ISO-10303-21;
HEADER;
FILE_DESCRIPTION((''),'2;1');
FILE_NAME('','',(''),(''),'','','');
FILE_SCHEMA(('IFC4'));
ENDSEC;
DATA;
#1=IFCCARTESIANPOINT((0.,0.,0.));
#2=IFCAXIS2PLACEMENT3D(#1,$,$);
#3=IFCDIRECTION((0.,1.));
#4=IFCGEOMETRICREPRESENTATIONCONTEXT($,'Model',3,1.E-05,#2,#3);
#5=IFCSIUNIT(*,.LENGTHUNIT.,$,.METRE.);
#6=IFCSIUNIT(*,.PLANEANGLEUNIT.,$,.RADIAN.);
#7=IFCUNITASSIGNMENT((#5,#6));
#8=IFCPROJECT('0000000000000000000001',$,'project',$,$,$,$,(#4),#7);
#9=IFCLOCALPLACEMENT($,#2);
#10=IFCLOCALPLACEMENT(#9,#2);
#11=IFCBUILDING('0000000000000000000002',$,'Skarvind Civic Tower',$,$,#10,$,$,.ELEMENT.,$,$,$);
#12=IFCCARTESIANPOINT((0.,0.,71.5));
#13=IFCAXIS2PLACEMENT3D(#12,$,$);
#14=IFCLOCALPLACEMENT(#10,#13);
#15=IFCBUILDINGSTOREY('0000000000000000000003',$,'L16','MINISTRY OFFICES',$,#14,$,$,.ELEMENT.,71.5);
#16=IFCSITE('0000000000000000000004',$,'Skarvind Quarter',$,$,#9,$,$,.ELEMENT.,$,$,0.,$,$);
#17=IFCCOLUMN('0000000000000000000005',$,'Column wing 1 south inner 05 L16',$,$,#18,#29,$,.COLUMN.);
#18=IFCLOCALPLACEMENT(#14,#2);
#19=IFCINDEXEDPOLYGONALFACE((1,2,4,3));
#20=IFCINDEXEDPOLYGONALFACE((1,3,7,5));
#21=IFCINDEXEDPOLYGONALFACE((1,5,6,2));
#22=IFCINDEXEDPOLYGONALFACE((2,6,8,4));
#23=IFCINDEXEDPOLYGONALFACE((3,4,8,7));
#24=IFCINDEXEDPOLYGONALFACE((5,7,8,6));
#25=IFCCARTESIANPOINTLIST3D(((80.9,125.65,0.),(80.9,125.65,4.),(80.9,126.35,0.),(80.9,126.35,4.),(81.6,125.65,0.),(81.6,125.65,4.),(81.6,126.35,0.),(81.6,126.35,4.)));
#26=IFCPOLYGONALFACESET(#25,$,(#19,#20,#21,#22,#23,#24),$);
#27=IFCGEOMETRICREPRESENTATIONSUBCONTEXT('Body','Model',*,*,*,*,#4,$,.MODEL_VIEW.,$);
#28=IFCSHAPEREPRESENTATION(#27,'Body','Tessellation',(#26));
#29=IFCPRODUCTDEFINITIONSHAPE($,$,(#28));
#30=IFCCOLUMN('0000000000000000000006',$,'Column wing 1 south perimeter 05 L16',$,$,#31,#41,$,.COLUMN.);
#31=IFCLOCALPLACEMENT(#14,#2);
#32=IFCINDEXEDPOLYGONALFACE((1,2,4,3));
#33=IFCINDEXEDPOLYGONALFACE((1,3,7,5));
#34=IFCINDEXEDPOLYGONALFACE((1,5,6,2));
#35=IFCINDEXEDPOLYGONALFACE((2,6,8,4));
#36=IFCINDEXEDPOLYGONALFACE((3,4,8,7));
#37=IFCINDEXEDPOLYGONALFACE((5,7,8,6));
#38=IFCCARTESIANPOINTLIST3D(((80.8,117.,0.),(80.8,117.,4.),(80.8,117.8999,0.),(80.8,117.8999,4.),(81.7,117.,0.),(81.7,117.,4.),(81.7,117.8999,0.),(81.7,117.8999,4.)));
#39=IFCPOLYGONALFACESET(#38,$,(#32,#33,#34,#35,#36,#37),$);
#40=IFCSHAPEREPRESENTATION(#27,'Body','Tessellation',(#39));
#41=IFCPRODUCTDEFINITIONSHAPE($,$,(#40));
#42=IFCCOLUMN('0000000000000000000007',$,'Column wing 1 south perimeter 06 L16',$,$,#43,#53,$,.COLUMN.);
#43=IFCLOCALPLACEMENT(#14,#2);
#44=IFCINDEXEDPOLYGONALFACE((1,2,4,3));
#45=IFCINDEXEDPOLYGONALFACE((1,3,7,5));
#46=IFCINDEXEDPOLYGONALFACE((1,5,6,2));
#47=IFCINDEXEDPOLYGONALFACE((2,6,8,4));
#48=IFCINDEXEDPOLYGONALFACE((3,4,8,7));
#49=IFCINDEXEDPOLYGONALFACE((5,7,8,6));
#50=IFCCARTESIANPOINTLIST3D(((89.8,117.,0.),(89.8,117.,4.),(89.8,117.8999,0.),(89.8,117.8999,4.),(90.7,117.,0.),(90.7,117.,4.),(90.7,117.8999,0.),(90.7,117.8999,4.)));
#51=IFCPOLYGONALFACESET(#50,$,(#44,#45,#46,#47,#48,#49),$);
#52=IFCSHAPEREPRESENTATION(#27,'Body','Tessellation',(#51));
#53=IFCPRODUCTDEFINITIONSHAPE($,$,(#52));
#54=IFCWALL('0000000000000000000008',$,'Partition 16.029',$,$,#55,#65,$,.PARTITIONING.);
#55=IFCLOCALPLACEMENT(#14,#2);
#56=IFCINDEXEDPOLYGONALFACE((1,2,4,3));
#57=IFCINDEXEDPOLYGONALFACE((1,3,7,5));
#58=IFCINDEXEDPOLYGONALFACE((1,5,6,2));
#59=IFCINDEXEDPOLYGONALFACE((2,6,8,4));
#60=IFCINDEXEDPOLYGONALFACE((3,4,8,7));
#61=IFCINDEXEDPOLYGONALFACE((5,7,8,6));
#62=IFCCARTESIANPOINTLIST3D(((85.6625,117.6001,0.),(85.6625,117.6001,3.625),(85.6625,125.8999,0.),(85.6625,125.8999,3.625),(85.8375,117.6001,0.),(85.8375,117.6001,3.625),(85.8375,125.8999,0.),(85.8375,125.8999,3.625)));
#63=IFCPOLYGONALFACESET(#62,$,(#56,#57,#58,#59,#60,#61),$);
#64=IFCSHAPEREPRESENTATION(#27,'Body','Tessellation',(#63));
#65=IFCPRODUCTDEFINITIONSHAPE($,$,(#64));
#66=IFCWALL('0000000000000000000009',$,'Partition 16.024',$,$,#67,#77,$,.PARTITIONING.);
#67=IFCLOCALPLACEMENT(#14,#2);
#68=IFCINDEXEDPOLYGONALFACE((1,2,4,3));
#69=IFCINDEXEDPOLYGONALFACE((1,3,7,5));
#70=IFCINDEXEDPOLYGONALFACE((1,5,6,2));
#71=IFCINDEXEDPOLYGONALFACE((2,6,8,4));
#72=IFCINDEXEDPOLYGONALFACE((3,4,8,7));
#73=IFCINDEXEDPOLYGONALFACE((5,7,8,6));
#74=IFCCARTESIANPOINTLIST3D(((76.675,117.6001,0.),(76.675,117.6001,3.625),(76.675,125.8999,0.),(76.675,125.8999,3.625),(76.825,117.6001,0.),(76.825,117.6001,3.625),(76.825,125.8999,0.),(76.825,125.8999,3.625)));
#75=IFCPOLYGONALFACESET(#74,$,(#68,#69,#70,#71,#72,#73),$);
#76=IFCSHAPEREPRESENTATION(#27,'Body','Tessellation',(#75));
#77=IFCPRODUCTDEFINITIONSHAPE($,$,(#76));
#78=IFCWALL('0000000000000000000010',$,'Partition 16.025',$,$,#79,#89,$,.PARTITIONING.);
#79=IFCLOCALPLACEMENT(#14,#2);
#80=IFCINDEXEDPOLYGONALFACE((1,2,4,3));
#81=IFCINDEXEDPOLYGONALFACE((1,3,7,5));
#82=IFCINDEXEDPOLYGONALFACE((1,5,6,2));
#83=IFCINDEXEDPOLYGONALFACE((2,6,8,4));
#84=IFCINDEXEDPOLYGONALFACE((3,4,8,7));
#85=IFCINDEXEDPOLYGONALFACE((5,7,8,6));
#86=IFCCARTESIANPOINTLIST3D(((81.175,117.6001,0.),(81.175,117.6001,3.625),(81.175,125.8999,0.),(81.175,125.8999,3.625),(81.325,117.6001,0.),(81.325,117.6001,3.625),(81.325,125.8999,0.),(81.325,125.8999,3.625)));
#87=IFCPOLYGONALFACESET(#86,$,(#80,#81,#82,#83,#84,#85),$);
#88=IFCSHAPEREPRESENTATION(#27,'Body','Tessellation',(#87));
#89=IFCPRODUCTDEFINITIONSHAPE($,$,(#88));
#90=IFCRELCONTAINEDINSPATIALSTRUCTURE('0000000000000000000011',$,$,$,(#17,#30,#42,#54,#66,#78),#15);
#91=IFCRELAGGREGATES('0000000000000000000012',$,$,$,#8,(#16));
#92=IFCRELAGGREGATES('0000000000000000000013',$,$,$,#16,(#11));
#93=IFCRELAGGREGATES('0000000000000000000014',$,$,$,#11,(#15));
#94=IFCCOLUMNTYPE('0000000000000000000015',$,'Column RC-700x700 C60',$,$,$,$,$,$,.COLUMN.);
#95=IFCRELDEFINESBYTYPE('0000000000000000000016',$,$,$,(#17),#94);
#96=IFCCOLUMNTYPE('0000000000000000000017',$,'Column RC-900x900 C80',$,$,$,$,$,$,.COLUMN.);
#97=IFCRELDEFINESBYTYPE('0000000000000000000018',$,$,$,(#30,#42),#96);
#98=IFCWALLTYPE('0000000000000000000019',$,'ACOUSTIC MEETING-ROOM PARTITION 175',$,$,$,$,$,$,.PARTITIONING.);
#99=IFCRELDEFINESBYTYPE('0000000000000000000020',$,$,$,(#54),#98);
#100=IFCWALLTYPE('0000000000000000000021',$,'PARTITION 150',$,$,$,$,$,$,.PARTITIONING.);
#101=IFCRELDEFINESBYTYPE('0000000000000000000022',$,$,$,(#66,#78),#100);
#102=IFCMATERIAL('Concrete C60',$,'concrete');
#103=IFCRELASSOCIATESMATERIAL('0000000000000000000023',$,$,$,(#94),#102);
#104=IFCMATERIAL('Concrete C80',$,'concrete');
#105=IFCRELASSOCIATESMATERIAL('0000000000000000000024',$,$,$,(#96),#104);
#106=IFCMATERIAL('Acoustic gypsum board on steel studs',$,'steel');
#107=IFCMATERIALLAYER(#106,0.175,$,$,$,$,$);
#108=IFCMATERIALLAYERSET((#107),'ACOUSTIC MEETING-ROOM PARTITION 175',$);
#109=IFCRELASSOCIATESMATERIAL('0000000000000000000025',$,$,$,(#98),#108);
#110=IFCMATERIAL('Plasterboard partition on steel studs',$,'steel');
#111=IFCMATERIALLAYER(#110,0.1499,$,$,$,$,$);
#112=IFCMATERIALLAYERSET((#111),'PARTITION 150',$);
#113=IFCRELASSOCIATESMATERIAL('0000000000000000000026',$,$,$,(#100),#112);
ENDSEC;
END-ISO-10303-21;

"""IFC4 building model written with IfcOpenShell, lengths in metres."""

from ifc_helpers import new_model, si_unit, direction, frame, frame_2d, origin, origin_2d, place, context, subcontext, project, spatial, rectangle, extrude, material, layer, layer_set, material_profile, profile_set, type_object, element, save


model = new_model("IFC4")

# Units and contexts
model_context = context("Model", 3, precision=1e-05, world=origin(), true_north=direction((0.0, 1.0)))
body_context = subcontext(model_context, "Body", "Model", "MODEL_VIEW")
ifc_project = project(units=[si_unit("LENGTHUNIT", "METRE"), si_unit("PLANEANGLEUNIT", "RADIAN")], contexts=[model_context])

# Site, building, storey
site_placement = place(None, origin())
site = spatial("IfcSite", under=ifc_project, at=site_placement, Name="Skarvind Quarter", CompositionType="ELEMENT", RefElevation=0.0)
building_placement = place(site_placement, origin())
building = spatial("IfcBuilding", under=site, at=building_placement, Name="Skarvind Civic Tower", CompositionType="ELEMENT")
storey_placement = place(building_placement, frame((0.0, 0.0, 71.5)))
storey = spatial("IfcBuildingStorey", under=building, at=storey_placement, Name="L16", Description="MINISTRY OFFICES", CompositionType="ELEMENT", Elevation=71.5)

# Columns
ifc_material_1 = material(Name="Concrete C60", Category="concrete")
ifc_material_profile_1 = material_profile(ifc_material_1, rectangle(XDim=0.7, YDim=0.7, at=origin_2d()), Name="RC-700x700")
ifc_profile_set_1 = profile_set([ifc_material_profile_1], Name="Concrete C60")
column_type_1 = type_object("IfcColumnType", Name="Column RC-700x700 C60", PredefinedType="COLUMN", material=ifc_profile_set_1)
column_placement = place(storey_placement, frame((81.25, 126.0, 0.0), z_axis=(0.0, 0.0, 1.0), x_axis=(1.0, 0.0, 0.0)))
element("IfcColumn", 1, at=column_placement, inside=storey, type_object=column_type_1, Name="Column wing 1 south inner 05 L16", PredefinedType="COLUMN", context=body_context, shape_type="SweptSolid", body=[
    extrude(rectangle(XDim=0.7, YDim=0.7, at=origin_2d()), origin(), (0.0, 0.0, 1.0), 4.0),
])
ifc_material_2 = material(Name="Concrete C80", Category="concrete")
ifc_material_profile_2 = material_profile(ifc_material_2, rectangle(XDim=0.8999, YDim=0.8999, at=origin_2d()), Name="RC-900x900")
ifc_profile_set_2 = profile_set([ifc_material_profile_2], Name="Concrete C80")
column_type_2 = type_object("IfcColumnType", Name="Column RC-900x900 C80", PredefinedType="COLUMN", material=ifc_profile_set_2)
for number, where, z_axis, x_axis, name in (
    (2, (81.25, 117.45, 0.0), (0.0, 0.0, 1.0), (1.0, 0.0, 0.0), "Column wing 1 south perimeter 05 L16"),
    (3, (90.25, 117.45, 0.0), (0.0, 0.0, 1.0), (1.0, 0.0, 0.0), "Column wing 1 south perimeter 06 L16"),
):
    element("IfcColumn", number, at=place(storey_placement, frame(where, z_axis=z_axis, x_axis=x_axis)), inside=storey, type_object=column_type_2, Name=name, PredefinedType="COLUMN", context=body_context, shape_type="SweptSolid", body=[
        extrude(rectangle(XDim=0.8999, YDim=0.8999, at=origin_2d()), origin(), (0.0, 0.0, 1.0), 4.0),
    ])

# Walls
ifc_material_3 = material(Name="Acoustic gypsum board on steel studs", Category="steel")
ifc_layer_1 = layer(ifc_material_3, 0.175)
ifc_layer_set_1 = layer_set([ifc_layer_1], Name="ACOUSTIC MEETING-ROOM PARTITION 175")
wall_type_1 = type_object("IfcWallType", Name="ACOUSTIC MEETING-ROOM PARTITION 175", PredefinedType="PARTITIONING", material=ifc_layer_set_1)
wall_1_placement = place(storey_placement, frame((85.75, 117.6001, 0.0), z_axis=(0.0, 0.0, 1.0), x_axis=(0.0, 1.0, 0.0)))
element("IfcWall", 4, at=wall_1_placement, inside=storey, type_object=wall_type_1, Name="Partition 16.029", PredefinedType="PARTITIONING", context=body_context, shape_type="SweptSolid", body=[
    extrude(rectangle(XDim=8.2998, YDim=0.175, at=frame_2d((4.1499, 0.0))), origin(), (0.0, 0.0, 1.0), 3.625),
])
ifc_material_4 = material(Name="Plasterboard partition on steel studs", Category="steel")
ifc_layer_2 = layer(ifc_material_4, 0.1499)
ifc_layer_set_2 = layer_set([ifc_layer_2], Name="PARTITION 150")
wall_type_2 = type_object("IfcWallType", Name="PARTITION 150", PredefinedType="PARTITIONING", material=ifc_layer_set_2)
for number, where, z_axis, x_axis, name in (
    (5, (76.75, 117.6001, 0.0), (0.0, 0.0, 1.0), (0.0, 1.0, 0.0), "Partition 16.024"),
    (6, (81.25, 117.6001, 0.0), (0.0, 0.0, 1.0), (0.0, 1.0, 0.0), "Partition 16.025"),
):
    element("IfcWall", number, at=place(storey_placement, frame(where, z_axis=z_axis, x_axis=x_axis)), inside=storey, type_object=wall_type_2, Name=name, PredefinedType="PARTITIONING", context=body_context, shape_type="SweptSolid", body=[
        extrude(rectangle(XDim=8.2998, YDim=0.1499, at=frame_2d((4.1499, 0.0))), origin(), (0.0, 0.0, 1.0), 3.625),
    ])

save(model, "model.ifc")
